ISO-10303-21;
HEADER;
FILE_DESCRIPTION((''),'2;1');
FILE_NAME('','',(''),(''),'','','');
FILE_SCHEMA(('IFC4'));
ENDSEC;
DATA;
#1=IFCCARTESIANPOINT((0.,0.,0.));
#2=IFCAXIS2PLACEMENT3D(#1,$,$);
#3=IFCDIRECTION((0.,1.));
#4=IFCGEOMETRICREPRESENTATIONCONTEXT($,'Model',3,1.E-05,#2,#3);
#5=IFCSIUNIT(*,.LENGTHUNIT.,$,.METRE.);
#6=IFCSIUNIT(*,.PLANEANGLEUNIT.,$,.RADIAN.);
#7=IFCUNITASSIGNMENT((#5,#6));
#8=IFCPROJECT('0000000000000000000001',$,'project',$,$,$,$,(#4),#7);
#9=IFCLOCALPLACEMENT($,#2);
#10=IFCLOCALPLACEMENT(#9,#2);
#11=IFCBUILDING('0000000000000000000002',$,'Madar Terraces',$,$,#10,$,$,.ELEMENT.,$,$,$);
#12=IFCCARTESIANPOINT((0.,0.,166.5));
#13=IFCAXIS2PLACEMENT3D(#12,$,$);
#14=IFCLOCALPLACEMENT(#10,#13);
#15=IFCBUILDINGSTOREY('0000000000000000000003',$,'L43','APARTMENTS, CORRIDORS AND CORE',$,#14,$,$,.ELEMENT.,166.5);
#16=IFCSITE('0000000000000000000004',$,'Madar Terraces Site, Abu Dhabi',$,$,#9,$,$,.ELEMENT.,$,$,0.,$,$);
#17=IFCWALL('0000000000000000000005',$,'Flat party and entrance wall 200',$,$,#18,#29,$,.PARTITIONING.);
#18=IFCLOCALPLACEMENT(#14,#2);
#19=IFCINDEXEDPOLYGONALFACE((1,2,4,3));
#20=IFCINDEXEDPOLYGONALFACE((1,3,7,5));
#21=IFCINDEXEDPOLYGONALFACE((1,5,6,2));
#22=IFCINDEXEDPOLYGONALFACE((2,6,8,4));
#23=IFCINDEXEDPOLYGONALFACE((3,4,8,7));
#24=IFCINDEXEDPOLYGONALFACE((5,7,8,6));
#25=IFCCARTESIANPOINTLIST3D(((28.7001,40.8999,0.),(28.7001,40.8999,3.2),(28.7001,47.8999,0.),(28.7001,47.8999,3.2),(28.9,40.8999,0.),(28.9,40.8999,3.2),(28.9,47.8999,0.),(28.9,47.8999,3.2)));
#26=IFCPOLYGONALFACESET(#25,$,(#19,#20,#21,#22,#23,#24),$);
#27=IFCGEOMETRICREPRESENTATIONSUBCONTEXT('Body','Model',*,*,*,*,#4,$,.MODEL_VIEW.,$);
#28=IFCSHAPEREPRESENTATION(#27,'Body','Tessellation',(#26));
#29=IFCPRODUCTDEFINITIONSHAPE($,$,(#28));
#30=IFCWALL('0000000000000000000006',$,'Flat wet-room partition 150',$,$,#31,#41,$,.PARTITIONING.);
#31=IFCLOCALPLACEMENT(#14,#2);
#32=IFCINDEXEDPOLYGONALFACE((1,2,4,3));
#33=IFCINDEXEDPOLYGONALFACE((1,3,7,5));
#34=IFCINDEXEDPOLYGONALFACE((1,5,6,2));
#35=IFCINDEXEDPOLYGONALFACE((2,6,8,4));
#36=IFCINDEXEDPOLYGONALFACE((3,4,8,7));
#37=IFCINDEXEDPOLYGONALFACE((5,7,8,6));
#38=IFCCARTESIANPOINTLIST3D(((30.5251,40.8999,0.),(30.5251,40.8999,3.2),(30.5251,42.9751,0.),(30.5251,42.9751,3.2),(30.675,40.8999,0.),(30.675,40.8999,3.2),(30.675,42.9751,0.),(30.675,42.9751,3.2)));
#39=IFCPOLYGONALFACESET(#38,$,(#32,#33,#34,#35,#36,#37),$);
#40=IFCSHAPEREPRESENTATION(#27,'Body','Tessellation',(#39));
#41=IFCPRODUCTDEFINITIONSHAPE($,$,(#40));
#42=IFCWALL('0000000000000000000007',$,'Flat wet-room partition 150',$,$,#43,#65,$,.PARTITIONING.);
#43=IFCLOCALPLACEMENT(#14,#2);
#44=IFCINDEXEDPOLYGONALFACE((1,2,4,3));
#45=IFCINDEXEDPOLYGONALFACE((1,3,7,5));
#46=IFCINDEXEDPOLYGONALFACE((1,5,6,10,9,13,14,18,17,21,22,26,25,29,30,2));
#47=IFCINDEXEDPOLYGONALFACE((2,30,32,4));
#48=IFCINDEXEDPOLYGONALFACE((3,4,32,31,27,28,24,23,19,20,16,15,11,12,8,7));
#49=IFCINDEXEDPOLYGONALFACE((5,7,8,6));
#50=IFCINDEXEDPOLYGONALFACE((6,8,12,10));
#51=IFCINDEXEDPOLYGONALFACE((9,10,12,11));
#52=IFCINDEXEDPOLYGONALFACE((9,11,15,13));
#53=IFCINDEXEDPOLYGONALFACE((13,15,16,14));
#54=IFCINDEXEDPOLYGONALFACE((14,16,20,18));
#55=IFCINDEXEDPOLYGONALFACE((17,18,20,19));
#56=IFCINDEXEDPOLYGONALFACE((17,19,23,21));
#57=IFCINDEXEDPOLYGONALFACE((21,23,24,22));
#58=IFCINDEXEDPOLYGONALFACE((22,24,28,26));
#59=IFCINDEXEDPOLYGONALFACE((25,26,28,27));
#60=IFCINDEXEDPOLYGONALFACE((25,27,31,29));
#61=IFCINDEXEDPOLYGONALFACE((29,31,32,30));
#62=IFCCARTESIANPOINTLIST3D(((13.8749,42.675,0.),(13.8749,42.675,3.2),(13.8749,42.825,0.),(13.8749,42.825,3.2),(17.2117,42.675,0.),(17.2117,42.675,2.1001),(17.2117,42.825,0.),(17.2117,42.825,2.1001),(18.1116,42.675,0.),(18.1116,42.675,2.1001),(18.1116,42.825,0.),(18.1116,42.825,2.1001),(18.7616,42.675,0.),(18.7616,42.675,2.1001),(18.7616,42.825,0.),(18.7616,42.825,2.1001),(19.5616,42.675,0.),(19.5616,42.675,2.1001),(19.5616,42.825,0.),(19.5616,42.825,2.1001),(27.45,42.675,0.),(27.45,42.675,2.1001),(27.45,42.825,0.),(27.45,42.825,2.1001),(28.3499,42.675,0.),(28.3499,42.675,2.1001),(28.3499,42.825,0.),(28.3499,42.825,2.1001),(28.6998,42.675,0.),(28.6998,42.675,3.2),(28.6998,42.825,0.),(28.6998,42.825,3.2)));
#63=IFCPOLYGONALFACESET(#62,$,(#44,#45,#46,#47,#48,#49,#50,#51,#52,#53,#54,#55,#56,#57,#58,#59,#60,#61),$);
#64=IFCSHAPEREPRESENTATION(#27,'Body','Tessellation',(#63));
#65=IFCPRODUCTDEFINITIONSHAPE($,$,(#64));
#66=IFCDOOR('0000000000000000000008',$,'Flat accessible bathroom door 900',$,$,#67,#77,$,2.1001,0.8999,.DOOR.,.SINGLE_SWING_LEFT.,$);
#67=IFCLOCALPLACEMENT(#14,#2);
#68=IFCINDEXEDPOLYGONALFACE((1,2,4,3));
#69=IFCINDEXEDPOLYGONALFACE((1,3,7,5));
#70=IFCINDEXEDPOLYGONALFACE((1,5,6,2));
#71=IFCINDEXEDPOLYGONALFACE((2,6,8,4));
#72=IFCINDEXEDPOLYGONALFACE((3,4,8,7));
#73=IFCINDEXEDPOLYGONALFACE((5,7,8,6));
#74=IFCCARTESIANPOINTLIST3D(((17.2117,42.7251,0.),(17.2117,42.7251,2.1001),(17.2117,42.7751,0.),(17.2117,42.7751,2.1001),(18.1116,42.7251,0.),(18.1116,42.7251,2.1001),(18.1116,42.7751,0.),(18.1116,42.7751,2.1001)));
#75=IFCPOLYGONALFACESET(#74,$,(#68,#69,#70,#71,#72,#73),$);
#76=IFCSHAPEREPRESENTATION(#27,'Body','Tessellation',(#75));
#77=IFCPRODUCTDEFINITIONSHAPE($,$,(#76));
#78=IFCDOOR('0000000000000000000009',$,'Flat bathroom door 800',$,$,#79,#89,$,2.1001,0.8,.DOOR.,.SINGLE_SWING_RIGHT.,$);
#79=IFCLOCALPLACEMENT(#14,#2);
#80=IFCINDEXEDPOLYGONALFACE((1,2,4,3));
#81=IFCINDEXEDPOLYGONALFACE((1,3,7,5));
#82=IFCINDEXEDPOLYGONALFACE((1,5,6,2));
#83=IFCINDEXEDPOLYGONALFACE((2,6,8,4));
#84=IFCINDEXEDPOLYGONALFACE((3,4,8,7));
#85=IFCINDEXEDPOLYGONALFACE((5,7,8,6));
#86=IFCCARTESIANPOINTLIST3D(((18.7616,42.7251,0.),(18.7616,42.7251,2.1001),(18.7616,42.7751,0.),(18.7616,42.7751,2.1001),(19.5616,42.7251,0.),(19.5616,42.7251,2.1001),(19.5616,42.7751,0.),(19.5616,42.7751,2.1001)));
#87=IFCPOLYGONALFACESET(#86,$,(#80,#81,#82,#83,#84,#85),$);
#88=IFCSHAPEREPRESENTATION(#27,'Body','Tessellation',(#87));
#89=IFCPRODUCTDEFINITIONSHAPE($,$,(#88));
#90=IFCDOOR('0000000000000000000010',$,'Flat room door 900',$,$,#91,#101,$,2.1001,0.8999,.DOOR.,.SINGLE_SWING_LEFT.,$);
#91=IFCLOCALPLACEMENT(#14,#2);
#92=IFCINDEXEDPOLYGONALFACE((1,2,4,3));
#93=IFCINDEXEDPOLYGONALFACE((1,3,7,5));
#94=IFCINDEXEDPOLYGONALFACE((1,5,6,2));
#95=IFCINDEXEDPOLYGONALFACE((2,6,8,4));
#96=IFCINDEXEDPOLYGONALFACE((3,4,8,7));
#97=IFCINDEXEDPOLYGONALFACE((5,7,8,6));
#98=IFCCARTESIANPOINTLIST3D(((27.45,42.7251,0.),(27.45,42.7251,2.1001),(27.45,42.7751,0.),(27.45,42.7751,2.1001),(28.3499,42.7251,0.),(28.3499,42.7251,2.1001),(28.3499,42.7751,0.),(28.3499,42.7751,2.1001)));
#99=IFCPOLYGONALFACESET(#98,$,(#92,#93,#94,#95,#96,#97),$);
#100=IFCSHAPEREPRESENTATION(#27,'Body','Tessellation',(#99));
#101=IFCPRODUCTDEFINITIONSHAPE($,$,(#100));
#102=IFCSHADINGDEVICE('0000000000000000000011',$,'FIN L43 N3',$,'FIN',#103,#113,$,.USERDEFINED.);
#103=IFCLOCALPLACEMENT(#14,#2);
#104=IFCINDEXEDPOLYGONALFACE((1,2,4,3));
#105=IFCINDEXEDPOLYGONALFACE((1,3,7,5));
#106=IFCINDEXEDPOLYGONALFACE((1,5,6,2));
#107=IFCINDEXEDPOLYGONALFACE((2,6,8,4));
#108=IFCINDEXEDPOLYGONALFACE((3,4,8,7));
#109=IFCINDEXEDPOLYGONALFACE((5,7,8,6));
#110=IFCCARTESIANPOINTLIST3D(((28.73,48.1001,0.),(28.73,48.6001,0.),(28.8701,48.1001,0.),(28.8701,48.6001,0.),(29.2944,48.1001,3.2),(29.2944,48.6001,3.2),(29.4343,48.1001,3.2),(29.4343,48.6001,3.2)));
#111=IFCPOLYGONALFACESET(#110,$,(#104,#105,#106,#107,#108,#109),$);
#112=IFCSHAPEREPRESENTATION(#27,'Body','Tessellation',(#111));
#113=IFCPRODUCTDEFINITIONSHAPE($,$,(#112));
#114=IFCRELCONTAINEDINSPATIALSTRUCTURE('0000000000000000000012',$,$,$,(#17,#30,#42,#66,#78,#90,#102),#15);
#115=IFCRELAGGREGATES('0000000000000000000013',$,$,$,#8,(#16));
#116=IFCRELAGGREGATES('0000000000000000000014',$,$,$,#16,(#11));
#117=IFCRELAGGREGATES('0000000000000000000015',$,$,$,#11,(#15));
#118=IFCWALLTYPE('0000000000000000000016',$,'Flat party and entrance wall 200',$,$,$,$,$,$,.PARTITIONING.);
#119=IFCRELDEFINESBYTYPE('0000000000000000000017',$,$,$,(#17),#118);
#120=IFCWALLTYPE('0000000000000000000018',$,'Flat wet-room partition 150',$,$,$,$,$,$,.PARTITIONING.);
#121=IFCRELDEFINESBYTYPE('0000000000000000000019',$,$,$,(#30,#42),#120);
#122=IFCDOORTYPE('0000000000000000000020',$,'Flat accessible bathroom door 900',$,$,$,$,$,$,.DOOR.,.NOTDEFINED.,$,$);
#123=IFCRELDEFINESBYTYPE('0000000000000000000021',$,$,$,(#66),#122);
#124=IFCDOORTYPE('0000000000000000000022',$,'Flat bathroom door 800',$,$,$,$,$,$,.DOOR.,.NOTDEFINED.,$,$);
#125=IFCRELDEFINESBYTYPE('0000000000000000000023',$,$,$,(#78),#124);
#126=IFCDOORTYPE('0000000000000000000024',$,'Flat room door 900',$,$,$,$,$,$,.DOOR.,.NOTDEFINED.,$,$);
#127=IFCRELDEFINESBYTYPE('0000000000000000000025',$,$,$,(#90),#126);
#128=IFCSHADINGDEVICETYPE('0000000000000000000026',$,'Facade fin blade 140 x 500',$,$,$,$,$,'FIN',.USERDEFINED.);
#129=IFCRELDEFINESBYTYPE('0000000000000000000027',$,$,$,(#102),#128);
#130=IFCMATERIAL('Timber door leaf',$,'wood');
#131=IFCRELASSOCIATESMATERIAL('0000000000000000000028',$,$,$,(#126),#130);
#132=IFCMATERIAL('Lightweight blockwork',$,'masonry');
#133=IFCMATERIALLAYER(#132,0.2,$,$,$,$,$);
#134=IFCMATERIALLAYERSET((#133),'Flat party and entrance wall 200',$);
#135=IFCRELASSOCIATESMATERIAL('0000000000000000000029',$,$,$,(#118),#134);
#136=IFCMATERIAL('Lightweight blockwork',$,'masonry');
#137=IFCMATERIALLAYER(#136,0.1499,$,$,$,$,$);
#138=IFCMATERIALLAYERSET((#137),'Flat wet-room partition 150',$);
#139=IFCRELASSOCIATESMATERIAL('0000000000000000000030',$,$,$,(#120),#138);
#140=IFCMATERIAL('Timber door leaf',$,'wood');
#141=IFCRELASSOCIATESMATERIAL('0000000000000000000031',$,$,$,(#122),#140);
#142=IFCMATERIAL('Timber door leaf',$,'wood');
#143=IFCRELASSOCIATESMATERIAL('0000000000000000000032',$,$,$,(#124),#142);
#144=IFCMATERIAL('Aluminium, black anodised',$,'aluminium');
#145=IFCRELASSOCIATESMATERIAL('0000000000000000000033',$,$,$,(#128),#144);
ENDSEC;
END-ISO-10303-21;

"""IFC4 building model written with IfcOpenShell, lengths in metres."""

from ifc_helpers import new_model, si_unit, direction, frame, frame_2d, origin, place, context, subcontext, project, spatial, polyline, rectangle, outline, extrude, material, layer, layer_set, type_object, element, fill, save


model = new_model("IFC4")

# Units and contexts
model_context = context("Model", 3, precision=1e-05, world=origin(), true_north=direction((0.0, 1.0)))
body_context = subcontext(model_context, "Body", "Model", "MODEL_VIEW")
ifc_project = project(units=[si_unit("LENGTHUNIT", "METRE"), si_unit("PLANEANGLEUNIT", "RADIAN")], contexts=[model_context])

# Site, building, storey
site_placement = place(None, origin())
site = spatial("IfcSite", under=ifc_project, at=site_placement, Name="Madar Terraces Site, Abu Dhabi", CompositionType="ELEMENT", RefElevation=0.0)
building_placement = place(site_placement, origin())
building = spatial("IfcBuilding", under=site, at=building_placement, Name="Madar Terraces", CompositionType="ELEMENT")
storey_placement = place(building_placement, frame((0.0, 0.0, 166.5)))
storey = spatial("IfcBuildingStorey", under=building, at=storey_placement, Name="L43", Description="APARTMENTS, CORRIDORS AND CORE", CompositionType="ELEMENT", Elevation=166.5)

# Shared definitions
ifc_material_1 = material(Name="Timber door leaf", Category="wood")
door_type_1 = type_object("IfcDoorType", Name="Flat room door 900", OperationType="NOTDEFINED", PredefinedType="DOOR", material=ifc_material_1)

# Walls
ifc_material_2 = material(Name="Lightweight blockwork", Category="masonry")
ifc_layer_1 = layer(ifc_material_2, 0.2)
ifc_layer_set_1 = layer_set([ifc_layer_1], Name="Flat party and entrance wall 200")
wall_type_1 = type_object("IfcWallType", Name="Flat party and entrance wall 200", PredefinedType="PARTITIONING", material=ifc_layer_set_1)
wall_1_placement = place(storey_placement, frame((28.8, 47.8999, 0.0), z_axis=(0.0, 0.0, 1.0), x_axis=(0.0, -1.0, 0.0)))
element("IfcWall", 1, at=wall_1_placement, inside=storey, type_object=wall_type_1, Name="Flat party and entrance wall 200", PredefinedType="PARTITIONING", context=body_context, shape_type="SweptSolid", body=[
    extrude(rectangle(XDim=7.0, YDim=0.2, at=frame_2d((3.5, 0.0))), origin(), (0.0, 0.0, 1.0), 3.2),
])
ifc_material_3 = material(Name="Lightweight blockwork", Category="masonry")
ifc_layer_2 = layer(ifc_material_3, 0.1499)
ifc_layer_set_2 = layer_set([ifc_layer_2], Name="Flat wet-room partition 150")
wall_type_2 = type_object("IfcWallType", Name="Flat wet-room partition 150", PredefinedType="PARTITIONING", material=ifc_layer_set_2)
wall_2_placement = place(storey_placement, frame((30.6001, 40.8999, 0.0), z_axis=(0.0, 0.0, 1.0), x_axis=(0.0, 1.0, 0.0)))
element("IfcWall", 2, at=wall_2_placement, inside=storey, type_object=wall_type_2, Name="Flat wet-room partition 150", PredefinedType="PARTITIONING", context=body_context, shape_type="SweptSolid", body=[
    extrude(rectangle(XDim=2.0752, YDim=0.1499, at=frame_2d((1.0376, 0.0))), origin(), (0.0, 0.0, 1.0), 3.2),
])

# Wall, openings, doors
wall_3_placement = place(storey_placement, frame((28.7, 42.75, 0.0), z_axis=(0.0, 0.0, 1.0), x_axis=(-1.0, 0.0, 0.0)))
wall_3 = element("IfcWall", 3, at=wall_3_placement, inside=storey, type_object=wall_type_2, Name="Flat wet-room partition 150", PredefinedType="PARTITIONING", context=body_context, shape_type="SweptSolid", body=[
    extrude(rectangle(XDim=14.825, YDim=0.1499, at=frame_2d((7.4126, 0.0))), origin(), (0.0, 0.0, 1.0), 3.2),
])
opening_1_placement = place(wall_3_placement, frame((10.5884, 0.0, 0.0)))
opening_1 = element("IfcOpeningElement", 4, at=opening_1_placement, cuts=wall_3, PredefinedType="OPENING", context=body_context, shape_type="SweptSolid", body=[
    extrude(rectangle(XDim=0.8999, YDim=2.1001, at=frame_2d((0.45, 1.05))), frame((0.0, 0.085, 0.0), z_axis=(0.0, -1.0, 0.0), x_axis=(1.0, 0.0, 0.0)), (0.0, 0.0, 1.0), 0.1699),
])
opening_2_placement = place(wall_3_placement, frame((9.1384, 0.0, 0.0)))
opening_2 = element("IfcOpeningElement", 5, at=opening_2_placement, cuts=wall_3, PredefinedType="OPENING", context=body_context, shape_type="SweptSolid", body=[
    extrude(rectangle(XDim=0.8, YDim=2.1001, at=frame_2d((0.3999, 1.05))), frame((0.0, 0.085, 0.0), z_axis=(0.0, -1.0, 0.0), x_axis=(1.0, 0.0, 0.0)), (0.0, 0.0, 1.0), 0.1699),
])
opening_3_placement = place(wall_3_placement, frame((0.3501, 0.0, 0.0)))
opening_3 = element("IfcOpeningElement", 6, at=opening_3_placement, cuts=wall_3, PredefinedType="OPENING", context=body_context, shape_type="SweptSolid", body=[
    extrude(rectangle(XDim=0.8999, YDim=2.1001, at=frame_2d((0.45, 1.05))), frame((0.0, 0.085, 0.0), z_axis=(0.0, -1.0, 0.0), x_axis=(1.0, 0.0, 0.0)), (0.0, 0.0, 1.0), 0.1699),
])
ifc_material_4 = material(Name="Timber door leaf", Category="wood")
door_type_2 = type_object("IfcDoorType", Name="Flat accessible bathroom door 900", OperationType="NOTDEFINED", PredefinedType="DOOR", material=ifc_material_4)
door_1_placement = place(opening_1_placement, origin())
door_1 = element("IfcDoor", 7, at=door_1_placement, inside=storey, type_object=door_type_2, Name="Flat accessible bathroom door 900", OperationType="SINGLE_SWING_LEFT", OverallHeight=2.1001, OverallWidth=0.8999, PredefinedType="DOOR", context=body_context, shape_type="SweptSolid", body=[
    extrude(rectangle(XDim=0.8999, YDim=2.1001, at=frame_2d((0.45, 1.05))), frame((0.0, 0.0249, 0.0), z_axis=(0.0, -1.0, 0.0), x_axis=(1.0, 0.0, 0.0)), (0.0, 0.0, 1.0), 0.05),
])
fill(opening_1, door_1)
ifc_material_5 = material(Name="Timber door leaf", Category="wood")
door_type_3 = type_object("IfcDoorType", Name="Flat bathroom door 800", OperationType="NOTDEFINED", PredefinedType="DOOR", material=ifc_material_5)
door_2_placement = place(opening_2_placement, origin())
door_2 = element("IfcDoor", 8, at=door_2_placement, inside=storey, type_object=door_type_3, Name="Flat bathroom door 800", OperationType="SINGLE_SWING_RIGHT", OverallHeight=2.1001, OverallWidth=0.8, PredefinedType="DOOR", context=body_context, shape_type="SweptSolid", body=[
    extrude(rectangle(XDim=0.8, YDim=2.1001, at=frame_2d((0.3999, 1.05))), frame((0.0, 0.0249, 0.0), z_axis=(0.0, -1.0, 0.0), x_axis=(1.0, 0.0, 0.0)), (0.0, 0.0, 1.0), 0.05),
])
fill(opening_2, door_2)
door_3_placement = place(opening_3_placement, origin())
door_3 = element("IfcDoor", 9, at=door_3_placement, inside=storey, type_object=door_type_1, Name="Flat room door 900", OperationType="SINGLE_SWING_LEFT", OverallHeight=2.1001, OverallWidth=0.8999, PredefinedType="DOOR", context=body_context, shape_type="SweptSolid", body=[
    extrude(rectangle(XDim=0.8999, YDim=2.1001, at=frame_2d((0.45, 1.05))), frame((0.0, 0.0249, 0.0), z_axis=(0.0, -1.0, 0.0), x_axis=(1.0, 0.0, 0.0)), (0.0, 0.0, 1.0), 0.05),
])
fill(opening_3, door_3)

# Shading device
ifc_material_6 = material(Name="Aluminium, black anodised", Category="aluminium")
shading_device_type = type_object("IfcShadingDeviceType", Name="Facade fin blade 140 x 500", ElementType="FIN", PredefinedType="USERDEFINED", material=ifc_material_6)
shading_device_placement = place(storey_placement, frame((28.8701, 48.3501, 0.0), z_axis=(0.0, 0.0, 1.0), x_axis=(-1.0, 0.0, 0.0)))
element("IfcShadingDevice", 10, at=shading_device_placement, inside=storey, type_object=shading_device_type, Name="FIN L43 N3", ObjectType="FIN", PredefinedType="USERDEFINED", context=body_context, shape_type="SweptSolid", body=[
    extrude(outline(polyline([(0.0, 0.0), (0.1401, 0.0), (-0.4243, 3.2), (-0.5642, 3.2), (0.0, 0.0)])), frame((0.0, 0.25, 0.0), z_axis=(0.0, -1.0, 0.0), x_axis=(1.0, 0.0, 0.0)), (0.0, 0.0, 1.0), 0.5),
])

save(model, "model.ifc")
